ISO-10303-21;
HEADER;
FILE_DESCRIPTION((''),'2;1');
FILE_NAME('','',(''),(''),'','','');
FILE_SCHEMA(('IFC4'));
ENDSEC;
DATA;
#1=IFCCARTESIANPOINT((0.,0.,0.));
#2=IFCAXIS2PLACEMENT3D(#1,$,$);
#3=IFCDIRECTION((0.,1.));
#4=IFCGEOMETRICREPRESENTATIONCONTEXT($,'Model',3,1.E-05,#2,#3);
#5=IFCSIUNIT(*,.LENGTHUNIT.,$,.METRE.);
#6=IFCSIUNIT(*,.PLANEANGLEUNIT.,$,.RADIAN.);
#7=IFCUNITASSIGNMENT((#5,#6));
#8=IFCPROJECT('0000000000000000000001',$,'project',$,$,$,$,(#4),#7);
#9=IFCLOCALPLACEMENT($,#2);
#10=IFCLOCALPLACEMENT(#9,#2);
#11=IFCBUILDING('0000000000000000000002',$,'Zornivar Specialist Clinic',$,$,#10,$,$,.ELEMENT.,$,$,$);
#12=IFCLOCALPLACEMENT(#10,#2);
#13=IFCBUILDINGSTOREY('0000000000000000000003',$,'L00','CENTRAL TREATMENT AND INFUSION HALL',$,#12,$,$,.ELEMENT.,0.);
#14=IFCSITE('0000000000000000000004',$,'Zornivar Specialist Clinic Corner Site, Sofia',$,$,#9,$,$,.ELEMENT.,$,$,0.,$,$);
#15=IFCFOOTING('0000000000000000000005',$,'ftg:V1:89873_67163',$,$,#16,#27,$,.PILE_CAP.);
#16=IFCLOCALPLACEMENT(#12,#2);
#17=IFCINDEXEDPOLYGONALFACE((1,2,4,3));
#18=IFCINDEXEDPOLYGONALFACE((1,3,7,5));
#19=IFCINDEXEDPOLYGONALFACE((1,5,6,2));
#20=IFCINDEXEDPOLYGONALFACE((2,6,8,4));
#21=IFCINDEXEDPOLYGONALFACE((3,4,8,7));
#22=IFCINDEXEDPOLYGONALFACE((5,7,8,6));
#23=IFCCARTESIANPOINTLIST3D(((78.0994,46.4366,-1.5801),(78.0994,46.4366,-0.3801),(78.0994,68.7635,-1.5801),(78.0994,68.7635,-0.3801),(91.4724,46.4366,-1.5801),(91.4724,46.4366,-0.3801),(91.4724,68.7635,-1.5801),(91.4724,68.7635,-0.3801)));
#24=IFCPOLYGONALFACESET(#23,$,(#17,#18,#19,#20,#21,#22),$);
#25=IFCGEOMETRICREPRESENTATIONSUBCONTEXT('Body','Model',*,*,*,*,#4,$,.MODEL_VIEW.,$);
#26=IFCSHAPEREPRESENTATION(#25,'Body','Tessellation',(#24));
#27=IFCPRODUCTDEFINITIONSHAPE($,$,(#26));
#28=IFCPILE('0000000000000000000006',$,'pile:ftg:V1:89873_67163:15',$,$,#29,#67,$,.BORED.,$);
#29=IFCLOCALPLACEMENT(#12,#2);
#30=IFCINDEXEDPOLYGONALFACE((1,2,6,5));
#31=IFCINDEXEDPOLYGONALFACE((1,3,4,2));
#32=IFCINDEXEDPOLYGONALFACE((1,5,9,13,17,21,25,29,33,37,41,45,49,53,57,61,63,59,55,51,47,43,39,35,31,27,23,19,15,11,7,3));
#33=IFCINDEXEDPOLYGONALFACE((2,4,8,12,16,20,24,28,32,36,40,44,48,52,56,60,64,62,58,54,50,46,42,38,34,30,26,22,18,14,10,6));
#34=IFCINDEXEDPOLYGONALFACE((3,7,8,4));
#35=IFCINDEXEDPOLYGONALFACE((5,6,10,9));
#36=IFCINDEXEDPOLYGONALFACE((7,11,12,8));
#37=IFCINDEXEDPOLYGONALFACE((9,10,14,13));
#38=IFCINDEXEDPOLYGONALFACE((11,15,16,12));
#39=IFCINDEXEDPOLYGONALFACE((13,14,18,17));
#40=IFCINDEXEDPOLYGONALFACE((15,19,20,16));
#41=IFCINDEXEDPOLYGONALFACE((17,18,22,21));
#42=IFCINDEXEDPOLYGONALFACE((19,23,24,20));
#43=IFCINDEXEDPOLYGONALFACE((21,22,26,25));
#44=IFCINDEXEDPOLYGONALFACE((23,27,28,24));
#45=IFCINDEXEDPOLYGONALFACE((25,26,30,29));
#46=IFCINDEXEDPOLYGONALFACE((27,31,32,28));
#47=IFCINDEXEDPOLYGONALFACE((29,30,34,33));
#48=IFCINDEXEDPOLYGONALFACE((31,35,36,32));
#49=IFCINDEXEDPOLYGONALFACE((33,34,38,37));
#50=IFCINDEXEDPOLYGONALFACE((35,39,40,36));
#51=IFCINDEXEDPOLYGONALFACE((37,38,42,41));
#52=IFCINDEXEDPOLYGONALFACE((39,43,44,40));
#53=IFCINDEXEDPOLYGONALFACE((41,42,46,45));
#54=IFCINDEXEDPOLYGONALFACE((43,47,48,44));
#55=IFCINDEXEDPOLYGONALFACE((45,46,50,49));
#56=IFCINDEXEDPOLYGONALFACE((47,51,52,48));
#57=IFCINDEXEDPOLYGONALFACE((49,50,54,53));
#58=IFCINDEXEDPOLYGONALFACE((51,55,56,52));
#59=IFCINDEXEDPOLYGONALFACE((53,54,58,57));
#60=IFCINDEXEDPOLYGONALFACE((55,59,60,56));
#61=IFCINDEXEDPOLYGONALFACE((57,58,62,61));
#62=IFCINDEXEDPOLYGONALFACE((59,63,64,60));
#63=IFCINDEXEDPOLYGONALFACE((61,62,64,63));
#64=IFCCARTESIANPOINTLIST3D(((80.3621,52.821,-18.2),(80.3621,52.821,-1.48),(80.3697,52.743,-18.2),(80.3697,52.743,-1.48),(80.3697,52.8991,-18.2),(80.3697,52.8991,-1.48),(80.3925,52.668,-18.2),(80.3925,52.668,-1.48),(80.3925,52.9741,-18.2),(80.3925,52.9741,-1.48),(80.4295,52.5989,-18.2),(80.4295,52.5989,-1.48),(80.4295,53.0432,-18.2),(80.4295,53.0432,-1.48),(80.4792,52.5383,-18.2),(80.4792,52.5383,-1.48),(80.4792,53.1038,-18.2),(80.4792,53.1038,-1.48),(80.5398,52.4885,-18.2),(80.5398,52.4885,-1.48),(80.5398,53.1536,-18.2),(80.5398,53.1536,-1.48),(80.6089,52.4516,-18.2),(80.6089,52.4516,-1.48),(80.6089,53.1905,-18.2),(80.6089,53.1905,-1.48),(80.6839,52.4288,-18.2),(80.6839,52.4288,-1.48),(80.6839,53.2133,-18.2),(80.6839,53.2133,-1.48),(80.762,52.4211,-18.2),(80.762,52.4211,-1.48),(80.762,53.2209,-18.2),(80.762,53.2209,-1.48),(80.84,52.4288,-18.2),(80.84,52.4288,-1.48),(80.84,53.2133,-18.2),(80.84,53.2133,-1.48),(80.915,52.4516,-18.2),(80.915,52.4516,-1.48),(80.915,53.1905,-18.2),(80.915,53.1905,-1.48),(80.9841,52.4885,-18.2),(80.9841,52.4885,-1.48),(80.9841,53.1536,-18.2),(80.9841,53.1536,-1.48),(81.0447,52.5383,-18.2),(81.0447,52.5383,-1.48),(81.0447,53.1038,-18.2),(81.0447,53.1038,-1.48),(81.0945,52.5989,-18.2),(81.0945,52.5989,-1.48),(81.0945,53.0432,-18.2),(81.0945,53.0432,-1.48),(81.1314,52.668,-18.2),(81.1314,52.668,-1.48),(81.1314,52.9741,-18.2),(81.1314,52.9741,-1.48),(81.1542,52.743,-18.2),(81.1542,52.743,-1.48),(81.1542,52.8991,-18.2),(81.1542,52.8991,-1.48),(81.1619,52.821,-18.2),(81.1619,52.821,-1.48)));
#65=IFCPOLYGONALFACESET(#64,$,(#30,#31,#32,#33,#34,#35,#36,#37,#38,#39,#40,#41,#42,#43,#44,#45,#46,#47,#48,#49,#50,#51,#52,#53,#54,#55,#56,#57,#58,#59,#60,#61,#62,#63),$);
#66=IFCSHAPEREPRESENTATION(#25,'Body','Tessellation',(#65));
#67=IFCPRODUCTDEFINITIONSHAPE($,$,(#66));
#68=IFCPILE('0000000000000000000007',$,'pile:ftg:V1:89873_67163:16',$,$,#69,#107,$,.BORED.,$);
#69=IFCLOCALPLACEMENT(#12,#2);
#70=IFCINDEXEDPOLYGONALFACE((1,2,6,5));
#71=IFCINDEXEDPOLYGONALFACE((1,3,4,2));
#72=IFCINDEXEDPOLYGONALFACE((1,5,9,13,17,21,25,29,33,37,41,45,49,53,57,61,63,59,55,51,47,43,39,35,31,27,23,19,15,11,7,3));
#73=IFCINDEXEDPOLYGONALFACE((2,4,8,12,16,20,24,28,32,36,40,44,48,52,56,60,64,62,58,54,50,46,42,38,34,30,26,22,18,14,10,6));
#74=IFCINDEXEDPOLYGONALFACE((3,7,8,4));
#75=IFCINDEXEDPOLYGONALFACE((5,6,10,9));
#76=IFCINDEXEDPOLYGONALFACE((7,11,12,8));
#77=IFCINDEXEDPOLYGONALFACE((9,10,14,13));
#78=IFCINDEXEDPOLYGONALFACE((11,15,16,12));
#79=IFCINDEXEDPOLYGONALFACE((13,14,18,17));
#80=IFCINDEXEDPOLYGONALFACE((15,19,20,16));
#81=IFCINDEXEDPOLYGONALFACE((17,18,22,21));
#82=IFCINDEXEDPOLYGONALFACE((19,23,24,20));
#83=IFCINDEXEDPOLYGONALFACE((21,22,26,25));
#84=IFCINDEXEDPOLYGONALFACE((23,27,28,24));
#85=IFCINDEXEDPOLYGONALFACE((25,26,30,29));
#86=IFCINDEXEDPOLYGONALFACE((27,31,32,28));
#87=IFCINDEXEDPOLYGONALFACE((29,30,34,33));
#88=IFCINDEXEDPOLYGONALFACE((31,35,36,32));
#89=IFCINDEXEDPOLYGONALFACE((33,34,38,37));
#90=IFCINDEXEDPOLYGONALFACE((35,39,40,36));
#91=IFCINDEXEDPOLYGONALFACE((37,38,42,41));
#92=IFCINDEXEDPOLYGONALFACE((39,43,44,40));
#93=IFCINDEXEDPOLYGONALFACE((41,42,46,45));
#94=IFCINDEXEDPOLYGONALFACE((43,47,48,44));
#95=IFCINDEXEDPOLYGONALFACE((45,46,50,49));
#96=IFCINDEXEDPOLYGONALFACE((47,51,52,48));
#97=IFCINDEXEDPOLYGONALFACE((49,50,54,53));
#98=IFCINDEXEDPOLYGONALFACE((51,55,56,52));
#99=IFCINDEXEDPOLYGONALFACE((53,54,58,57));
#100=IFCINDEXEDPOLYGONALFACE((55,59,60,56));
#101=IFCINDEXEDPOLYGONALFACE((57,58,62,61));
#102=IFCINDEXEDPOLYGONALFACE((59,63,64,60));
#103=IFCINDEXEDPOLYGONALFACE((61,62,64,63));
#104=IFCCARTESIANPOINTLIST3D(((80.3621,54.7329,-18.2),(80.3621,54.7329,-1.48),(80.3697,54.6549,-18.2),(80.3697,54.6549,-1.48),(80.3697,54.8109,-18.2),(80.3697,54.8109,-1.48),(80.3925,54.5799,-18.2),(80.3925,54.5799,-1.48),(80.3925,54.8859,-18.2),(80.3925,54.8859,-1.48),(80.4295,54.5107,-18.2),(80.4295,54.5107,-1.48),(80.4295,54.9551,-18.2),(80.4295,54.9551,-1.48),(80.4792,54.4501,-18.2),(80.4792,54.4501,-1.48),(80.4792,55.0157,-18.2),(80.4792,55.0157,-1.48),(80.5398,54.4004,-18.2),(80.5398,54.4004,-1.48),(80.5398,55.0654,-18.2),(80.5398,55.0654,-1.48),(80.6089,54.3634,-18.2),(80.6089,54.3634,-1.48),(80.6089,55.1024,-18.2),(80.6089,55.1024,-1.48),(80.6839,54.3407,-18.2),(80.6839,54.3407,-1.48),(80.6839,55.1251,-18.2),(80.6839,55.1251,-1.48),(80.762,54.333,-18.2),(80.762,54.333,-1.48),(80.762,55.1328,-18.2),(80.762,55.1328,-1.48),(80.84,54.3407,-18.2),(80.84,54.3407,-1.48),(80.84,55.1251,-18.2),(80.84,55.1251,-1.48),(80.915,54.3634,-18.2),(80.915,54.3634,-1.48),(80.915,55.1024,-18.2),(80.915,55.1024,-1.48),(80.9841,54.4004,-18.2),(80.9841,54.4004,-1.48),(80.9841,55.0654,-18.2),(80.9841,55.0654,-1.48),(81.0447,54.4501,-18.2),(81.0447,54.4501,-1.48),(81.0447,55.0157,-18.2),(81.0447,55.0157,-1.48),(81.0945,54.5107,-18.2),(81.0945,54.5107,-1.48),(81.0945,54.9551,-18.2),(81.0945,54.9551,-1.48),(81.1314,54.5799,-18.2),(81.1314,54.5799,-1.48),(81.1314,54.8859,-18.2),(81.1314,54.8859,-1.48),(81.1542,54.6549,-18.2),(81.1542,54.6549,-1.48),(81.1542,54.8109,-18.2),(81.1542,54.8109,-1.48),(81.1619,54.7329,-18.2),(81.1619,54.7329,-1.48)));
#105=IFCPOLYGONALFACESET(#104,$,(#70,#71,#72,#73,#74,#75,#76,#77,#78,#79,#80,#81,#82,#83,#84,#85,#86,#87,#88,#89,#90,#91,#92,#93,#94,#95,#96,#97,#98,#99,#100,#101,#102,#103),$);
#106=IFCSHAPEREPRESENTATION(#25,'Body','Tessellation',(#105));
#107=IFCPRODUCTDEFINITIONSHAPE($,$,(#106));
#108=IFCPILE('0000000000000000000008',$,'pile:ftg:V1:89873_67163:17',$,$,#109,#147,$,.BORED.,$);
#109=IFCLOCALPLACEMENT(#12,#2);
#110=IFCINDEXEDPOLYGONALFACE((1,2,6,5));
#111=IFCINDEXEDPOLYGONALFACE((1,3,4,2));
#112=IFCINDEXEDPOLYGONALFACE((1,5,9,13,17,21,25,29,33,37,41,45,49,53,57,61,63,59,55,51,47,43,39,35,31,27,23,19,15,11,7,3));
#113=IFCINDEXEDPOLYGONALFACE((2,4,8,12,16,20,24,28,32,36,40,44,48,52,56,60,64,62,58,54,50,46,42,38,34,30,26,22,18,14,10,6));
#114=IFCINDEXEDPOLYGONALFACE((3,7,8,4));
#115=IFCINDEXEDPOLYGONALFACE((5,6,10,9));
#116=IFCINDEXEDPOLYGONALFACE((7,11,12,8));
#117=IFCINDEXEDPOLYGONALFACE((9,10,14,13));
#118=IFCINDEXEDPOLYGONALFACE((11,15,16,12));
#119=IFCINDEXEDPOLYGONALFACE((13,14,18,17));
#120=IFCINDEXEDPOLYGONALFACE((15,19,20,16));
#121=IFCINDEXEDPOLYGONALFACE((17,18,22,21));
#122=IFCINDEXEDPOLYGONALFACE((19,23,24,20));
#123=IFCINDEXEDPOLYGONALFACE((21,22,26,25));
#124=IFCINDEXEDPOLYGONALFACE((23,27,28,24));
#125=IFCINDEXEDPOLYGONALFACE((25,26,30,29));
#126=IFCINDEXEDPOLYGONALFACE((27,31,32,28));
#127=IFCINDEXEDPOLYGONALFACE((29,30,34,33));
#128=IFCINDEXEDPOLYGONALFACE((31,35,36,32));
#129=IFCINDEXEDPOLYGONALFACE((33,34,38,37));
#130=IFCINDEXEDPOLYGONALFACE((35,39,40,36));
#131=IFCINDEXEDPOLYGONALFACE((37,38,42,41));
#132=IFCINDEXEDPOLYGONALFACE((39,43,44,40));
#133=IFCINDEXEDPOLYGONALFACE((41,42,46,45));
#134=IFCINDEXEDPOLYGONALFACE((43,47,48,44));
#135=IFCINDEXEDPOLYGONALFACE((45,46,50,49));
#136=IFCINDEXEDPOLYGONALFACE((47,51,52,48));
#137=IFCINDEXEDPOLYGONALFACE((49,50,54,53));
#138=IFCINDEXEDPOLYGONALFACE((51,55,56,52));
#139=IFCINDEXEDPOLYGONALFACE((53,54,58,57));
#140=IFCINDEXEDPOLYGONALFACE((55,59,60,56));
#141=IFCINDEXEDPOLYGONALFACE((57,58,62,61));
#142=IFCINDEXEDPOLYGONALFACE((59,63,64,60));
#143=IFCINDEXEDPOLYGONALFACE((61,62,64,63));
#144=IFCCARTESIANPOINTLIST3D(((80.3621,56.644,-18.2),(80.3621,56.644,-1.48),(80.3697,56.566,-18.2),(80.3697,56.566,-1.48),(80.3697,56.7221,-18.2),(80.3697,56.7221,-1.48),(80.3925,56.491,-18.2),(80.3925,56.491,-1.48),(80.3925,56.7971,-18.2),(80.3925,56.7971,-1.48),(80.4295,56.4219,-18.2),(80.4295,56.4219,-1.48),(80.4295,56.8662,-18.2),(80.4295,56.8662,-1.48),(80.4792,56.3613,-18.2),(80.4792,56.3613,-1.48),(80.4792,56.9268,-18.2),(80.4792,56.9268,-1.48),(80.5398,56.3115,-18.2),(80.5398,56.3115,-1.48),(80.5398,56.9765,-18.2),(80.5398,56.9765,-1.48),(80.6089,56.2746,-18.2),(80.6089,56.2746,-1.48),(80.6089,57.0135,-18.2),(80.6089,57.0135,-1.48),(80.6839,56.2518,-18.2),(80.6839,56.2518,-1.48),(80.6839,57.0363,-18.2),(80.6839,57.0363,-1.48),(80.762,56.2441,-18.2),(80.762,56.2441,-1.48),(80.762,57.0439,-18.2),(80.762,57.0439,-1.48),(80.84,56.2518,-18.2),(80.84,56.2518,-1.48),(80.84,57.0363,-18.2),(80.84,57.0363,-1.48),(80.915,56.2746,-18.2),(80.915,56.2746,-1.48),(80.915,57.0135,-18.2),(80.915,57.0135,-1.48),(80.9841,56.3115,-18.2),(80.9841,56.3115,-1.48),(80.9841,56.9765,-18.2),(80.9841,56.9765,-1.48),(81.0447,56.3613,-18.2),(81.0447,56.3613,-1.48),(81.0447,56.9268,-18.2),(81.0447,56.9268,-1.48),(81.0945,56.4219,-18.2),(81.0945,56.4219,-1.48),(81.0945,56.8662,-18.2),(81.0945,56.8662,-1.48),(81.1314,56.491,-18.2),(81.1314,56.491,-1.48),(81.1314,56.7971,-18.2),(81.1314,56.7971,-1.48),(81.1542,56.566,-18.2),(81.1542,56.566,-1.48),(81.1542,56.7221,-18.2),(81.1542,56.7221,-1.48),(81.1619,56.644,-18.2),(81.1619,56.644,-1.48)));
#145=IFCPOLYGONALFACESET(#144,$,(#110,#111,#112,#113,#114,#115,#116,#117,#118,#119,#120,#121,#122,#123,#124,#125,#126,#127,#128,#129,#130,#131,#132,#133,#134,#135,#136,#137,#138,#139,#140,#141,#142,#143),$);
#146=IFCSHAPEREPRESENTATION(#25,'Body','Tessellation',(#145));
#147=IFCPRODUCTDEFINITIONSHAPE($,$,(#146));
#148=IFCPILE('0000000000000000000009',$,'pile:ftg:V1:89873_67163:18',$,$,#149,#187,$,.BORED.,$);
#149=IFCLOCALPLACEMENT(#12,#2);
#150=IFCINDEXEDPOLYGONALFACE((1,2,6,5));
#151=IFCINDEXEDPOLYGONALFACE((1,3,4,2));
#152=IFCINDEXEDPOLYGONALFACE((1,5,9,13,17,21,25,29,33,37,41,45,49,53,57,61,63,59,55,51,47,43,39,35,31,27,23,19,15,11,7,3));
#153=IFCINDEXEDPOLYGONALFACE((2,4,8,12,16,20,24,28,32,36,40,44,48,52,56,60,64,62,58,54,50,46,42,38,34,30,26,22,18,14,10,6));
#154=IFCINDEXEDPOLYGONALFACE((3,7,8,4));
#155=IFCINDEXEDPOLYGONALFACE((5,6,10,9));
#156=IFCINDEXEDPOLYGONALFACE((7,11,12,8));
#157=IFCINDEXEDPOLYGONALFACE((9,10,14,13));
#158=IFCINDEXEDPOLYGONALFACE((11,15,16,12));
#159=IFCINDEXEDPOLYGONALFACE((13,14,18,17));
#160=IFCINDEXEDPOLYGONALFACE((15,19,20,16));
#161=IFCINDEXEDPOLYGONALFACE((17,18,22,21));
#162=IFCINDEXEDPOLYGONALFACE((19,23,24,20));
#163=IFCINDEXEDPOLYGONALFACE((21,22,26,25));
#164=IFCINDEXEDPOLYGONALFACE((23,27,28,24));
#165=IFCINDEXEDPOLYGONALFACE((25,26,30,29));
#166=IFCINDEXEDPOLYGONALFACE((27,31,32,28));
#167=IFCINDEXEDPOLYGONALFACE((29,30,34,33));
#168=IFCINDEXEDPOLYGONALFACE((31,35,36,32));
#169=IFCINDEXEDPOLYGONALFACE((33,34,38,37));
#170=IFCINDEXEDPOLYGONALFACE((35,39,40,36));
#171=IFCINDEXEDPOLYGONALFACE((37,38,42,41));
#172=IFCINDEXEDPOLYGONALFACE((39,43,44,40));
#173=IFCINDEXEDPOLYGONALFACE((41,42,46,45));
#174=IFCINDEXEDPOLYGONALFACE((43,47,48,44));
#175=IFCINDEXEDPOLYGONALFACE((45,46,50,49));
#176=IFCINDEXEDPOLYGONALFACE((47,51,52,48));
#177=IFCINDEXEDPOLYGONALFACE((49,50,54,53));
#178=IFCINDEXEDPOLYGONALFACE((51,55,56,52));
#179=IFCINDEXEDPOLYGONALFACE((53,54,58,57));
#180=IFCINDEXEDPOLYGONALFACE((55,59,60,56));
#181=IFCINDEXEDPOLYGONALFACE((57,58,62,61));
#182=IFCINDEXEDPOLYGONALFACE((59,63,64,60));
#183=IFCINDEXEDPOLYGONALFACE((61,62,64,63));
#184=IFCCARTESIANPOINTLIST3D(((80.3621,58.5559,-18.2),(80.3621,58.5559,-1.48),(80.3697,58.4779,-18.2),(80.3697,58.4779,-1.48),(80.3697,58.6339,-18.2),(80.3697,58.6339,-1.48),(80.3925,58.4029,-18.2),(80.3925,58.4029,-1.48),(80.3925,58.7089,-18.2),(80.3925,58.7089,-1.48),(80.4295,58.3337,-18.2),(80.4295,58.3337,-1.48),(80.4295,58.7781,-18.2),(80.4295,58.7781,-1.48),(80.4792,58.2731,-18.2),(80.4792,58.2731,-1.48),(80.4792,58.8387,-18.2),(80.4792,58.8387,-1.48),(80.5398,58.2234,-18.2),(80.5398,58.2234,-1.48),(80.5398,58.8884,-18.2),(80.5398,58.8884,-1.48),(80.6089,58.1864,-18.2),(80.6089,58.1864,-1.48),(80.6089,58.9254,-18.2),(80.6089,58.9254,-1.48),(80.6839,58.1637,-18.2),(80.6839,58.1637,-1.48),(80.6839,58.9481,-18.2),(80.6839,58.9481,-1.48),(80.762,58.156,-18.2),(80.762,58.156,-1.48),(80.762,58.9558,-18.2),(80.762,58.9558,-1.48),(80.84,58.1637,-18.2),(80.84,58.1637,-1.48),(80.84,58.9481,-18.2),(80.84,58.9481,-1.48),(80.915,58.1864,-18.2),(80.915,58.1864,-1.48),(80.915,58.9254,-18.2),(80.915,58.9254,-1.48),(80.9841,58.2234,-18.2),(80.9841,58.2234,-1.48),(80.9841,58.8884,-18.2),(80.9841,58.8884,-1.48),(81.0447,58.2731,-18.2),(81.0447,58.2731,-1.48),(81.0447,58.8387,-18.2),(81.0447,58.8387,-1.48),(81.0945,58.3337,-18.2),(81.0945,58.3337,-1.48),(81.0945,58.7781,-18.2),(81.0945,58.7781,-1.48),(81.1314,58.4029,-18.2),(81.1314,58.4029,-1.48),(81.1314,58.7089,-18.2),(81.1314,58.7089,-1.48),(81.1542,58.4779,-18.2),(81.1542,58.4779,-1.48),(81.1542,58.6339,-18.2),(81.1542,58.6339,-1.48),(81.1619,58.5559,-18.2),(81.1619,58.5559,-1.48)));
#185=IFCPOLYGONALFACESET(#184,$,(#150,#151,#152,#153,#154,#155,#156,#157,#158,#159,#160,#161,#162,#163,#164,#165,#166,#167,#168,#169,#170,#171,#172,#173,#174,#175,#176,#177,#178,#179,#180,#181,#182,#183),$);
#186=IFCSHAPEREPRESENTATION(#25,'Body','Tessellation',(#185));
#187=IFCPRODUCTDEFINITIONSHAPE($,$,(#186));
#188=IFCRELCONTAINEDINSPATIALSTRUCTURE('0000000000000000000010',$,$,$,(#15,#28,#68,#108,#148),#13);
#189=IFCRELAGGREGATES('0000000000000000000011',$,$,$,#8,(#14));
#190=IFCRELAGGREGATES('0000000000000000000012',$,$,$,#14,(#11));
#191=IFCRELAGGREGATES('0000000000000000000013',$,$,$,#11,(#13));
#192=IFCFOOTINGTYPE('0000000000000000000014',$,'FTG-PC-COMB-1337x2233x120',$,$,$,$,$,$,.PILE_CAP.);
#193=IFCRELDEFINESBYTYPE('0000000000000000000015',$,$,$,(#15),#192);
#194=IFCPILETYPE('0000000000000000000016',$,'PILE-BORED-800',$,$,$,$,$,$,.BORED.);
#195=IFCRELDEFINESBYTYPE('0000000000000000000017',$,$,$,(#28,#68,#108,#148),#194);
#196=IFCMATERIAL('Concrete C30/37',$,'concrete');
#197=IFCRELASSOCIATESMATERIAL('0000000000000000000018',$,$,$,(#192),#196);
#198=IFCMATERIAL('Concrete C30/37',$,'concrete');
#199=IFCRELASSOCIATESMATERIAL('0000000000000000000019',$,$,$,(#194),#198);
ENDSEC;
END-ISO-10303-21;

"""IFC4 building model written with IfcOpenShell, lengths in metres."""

from ifc_helpers import new_model, si_unit, direction, frame, origin, origin_2d, place, context, subcontext, project, spatial, rectangle, circle, extrude, material, material_profile, profile_set, type_object, element, save


model = new_model("IFC4")

# Units and contexts
model_context = context("Model", 3, precision=1e-05, world=origin(), true_north=direction((0.0, 1.0)))
body_context = subcontext(model_context, "Body", "Model", "MODEL_VIEW")
ifc_project = project(units=[si_unit("LENGTHUNIT", "METRE"), si_unit("PLANEANGLEUNIT", "RADIAN")], contexts=[model_context])

# Site, building, storey
site_placement = place(None, origin())
site = spatial("IfcSite", under=ifc_project, at=site_placement, Name="Zornivar Specialist Clinic Corner Site, Sofia", CompositionType="ELEMENT", RefElevation=0.0)
building_placement = place(site_placement, origin())
building = spatial("IfcBuilding", under=site, at=building_placement, Name="Zornivar Specialist Clinic", CompositionType="ELEMENT")
storey_placement = place(building_placement, origin())
storey = spatial("IfcBuildingStorey", under=building, at=storey_placement, Name="L00", Description="CENTRAL TREATMENT AND INFUSION HALL", CompositionType="ELEMENT", Elevation=0.0)

# Footing
ifc_material_1 = material(Name="Concrete C30/37", Category="concrete")
footing_type = type_object("IfcFootingType", Name="FTG-PC-COMB-1337x2233x120", PredefinedType="PILE_CAP", material=ifc_material_1)
footing_placement = place(storey_placement, frame((84.7859, 57.6001, -1.5801), z_axis=(0.0, 0.0, 1.0), x_axis=(1.0, 0.0, 0.0)))
element("IfcFooting", 1, at=footing_placement, inside=storey, type_object=footing_type, Name="ftg:V1:89873_67163", PredefinedType="PILE_CAP", context=body_context, shape_type="SweptSolid", body=[
    extrude(rectangle(XDim=13.373, YDim=22.3269, at=origin_2d()), origin(), (0.0, 0.0, 1.0), 1.2),
])

# Piles
ifc_material_2 = material(Name="Concrete C30/37", Category="concrete")
ifc_material_profile_1 = material_profile(ifc_material_2, circle(Radius=0.3999, at=origin_2d()), Name="PILE D800")
ifc_profile_set_1 = profile_set([ifc_material_profile_1], Name="Concrete C30/37")
pile_type = type_object("IfcPileType", Name="PILE-BORED-800", PredefinedType="BORED", material=ifc_profile_set_1)
for number, where, z_axis, x_axis, name in (
    (2, (80.762, 52.821, -1.48), (0.0, 0.0, -1.0), (1.0, 0.0, 0.0), "pile:ftg:V1:89873_67163:15"),
    (3, (80.762, 54.7329, -1.48), (0.0, 0.0, -1.0), (1.0, 0.0, 0.0), "pile:ftg:V1:89873_67163:16"),
    (4, (80.762, 56.644, -1.48), (0.0, 0.0, -1.0), (1.0, 0.0, 0.0), "pile:ftg:V1:89873_67163:17"),
    (5, (80.762, 58.5559, -1.48), (0.0, 0.0, -1.0), (1.0, 0.0, 0.0), "pile:ftg:V1:89873_67163:18"),
):
    element("IfcPile", number, at=place(storey_placement, frame(where, z_axis=z_axis, x_axis=x_axis)), inside=storey, type_object=pile_type, Name=name, PredefinedType="BORED", context=body_context, shape_type="SweptSolid", body=[
        extrude(circle(Radius=0.3999, at=origin_2d()), origin(), (0.0, 0.0, 1.0), 16.72),
    ])

save(model, "model.ifc")
